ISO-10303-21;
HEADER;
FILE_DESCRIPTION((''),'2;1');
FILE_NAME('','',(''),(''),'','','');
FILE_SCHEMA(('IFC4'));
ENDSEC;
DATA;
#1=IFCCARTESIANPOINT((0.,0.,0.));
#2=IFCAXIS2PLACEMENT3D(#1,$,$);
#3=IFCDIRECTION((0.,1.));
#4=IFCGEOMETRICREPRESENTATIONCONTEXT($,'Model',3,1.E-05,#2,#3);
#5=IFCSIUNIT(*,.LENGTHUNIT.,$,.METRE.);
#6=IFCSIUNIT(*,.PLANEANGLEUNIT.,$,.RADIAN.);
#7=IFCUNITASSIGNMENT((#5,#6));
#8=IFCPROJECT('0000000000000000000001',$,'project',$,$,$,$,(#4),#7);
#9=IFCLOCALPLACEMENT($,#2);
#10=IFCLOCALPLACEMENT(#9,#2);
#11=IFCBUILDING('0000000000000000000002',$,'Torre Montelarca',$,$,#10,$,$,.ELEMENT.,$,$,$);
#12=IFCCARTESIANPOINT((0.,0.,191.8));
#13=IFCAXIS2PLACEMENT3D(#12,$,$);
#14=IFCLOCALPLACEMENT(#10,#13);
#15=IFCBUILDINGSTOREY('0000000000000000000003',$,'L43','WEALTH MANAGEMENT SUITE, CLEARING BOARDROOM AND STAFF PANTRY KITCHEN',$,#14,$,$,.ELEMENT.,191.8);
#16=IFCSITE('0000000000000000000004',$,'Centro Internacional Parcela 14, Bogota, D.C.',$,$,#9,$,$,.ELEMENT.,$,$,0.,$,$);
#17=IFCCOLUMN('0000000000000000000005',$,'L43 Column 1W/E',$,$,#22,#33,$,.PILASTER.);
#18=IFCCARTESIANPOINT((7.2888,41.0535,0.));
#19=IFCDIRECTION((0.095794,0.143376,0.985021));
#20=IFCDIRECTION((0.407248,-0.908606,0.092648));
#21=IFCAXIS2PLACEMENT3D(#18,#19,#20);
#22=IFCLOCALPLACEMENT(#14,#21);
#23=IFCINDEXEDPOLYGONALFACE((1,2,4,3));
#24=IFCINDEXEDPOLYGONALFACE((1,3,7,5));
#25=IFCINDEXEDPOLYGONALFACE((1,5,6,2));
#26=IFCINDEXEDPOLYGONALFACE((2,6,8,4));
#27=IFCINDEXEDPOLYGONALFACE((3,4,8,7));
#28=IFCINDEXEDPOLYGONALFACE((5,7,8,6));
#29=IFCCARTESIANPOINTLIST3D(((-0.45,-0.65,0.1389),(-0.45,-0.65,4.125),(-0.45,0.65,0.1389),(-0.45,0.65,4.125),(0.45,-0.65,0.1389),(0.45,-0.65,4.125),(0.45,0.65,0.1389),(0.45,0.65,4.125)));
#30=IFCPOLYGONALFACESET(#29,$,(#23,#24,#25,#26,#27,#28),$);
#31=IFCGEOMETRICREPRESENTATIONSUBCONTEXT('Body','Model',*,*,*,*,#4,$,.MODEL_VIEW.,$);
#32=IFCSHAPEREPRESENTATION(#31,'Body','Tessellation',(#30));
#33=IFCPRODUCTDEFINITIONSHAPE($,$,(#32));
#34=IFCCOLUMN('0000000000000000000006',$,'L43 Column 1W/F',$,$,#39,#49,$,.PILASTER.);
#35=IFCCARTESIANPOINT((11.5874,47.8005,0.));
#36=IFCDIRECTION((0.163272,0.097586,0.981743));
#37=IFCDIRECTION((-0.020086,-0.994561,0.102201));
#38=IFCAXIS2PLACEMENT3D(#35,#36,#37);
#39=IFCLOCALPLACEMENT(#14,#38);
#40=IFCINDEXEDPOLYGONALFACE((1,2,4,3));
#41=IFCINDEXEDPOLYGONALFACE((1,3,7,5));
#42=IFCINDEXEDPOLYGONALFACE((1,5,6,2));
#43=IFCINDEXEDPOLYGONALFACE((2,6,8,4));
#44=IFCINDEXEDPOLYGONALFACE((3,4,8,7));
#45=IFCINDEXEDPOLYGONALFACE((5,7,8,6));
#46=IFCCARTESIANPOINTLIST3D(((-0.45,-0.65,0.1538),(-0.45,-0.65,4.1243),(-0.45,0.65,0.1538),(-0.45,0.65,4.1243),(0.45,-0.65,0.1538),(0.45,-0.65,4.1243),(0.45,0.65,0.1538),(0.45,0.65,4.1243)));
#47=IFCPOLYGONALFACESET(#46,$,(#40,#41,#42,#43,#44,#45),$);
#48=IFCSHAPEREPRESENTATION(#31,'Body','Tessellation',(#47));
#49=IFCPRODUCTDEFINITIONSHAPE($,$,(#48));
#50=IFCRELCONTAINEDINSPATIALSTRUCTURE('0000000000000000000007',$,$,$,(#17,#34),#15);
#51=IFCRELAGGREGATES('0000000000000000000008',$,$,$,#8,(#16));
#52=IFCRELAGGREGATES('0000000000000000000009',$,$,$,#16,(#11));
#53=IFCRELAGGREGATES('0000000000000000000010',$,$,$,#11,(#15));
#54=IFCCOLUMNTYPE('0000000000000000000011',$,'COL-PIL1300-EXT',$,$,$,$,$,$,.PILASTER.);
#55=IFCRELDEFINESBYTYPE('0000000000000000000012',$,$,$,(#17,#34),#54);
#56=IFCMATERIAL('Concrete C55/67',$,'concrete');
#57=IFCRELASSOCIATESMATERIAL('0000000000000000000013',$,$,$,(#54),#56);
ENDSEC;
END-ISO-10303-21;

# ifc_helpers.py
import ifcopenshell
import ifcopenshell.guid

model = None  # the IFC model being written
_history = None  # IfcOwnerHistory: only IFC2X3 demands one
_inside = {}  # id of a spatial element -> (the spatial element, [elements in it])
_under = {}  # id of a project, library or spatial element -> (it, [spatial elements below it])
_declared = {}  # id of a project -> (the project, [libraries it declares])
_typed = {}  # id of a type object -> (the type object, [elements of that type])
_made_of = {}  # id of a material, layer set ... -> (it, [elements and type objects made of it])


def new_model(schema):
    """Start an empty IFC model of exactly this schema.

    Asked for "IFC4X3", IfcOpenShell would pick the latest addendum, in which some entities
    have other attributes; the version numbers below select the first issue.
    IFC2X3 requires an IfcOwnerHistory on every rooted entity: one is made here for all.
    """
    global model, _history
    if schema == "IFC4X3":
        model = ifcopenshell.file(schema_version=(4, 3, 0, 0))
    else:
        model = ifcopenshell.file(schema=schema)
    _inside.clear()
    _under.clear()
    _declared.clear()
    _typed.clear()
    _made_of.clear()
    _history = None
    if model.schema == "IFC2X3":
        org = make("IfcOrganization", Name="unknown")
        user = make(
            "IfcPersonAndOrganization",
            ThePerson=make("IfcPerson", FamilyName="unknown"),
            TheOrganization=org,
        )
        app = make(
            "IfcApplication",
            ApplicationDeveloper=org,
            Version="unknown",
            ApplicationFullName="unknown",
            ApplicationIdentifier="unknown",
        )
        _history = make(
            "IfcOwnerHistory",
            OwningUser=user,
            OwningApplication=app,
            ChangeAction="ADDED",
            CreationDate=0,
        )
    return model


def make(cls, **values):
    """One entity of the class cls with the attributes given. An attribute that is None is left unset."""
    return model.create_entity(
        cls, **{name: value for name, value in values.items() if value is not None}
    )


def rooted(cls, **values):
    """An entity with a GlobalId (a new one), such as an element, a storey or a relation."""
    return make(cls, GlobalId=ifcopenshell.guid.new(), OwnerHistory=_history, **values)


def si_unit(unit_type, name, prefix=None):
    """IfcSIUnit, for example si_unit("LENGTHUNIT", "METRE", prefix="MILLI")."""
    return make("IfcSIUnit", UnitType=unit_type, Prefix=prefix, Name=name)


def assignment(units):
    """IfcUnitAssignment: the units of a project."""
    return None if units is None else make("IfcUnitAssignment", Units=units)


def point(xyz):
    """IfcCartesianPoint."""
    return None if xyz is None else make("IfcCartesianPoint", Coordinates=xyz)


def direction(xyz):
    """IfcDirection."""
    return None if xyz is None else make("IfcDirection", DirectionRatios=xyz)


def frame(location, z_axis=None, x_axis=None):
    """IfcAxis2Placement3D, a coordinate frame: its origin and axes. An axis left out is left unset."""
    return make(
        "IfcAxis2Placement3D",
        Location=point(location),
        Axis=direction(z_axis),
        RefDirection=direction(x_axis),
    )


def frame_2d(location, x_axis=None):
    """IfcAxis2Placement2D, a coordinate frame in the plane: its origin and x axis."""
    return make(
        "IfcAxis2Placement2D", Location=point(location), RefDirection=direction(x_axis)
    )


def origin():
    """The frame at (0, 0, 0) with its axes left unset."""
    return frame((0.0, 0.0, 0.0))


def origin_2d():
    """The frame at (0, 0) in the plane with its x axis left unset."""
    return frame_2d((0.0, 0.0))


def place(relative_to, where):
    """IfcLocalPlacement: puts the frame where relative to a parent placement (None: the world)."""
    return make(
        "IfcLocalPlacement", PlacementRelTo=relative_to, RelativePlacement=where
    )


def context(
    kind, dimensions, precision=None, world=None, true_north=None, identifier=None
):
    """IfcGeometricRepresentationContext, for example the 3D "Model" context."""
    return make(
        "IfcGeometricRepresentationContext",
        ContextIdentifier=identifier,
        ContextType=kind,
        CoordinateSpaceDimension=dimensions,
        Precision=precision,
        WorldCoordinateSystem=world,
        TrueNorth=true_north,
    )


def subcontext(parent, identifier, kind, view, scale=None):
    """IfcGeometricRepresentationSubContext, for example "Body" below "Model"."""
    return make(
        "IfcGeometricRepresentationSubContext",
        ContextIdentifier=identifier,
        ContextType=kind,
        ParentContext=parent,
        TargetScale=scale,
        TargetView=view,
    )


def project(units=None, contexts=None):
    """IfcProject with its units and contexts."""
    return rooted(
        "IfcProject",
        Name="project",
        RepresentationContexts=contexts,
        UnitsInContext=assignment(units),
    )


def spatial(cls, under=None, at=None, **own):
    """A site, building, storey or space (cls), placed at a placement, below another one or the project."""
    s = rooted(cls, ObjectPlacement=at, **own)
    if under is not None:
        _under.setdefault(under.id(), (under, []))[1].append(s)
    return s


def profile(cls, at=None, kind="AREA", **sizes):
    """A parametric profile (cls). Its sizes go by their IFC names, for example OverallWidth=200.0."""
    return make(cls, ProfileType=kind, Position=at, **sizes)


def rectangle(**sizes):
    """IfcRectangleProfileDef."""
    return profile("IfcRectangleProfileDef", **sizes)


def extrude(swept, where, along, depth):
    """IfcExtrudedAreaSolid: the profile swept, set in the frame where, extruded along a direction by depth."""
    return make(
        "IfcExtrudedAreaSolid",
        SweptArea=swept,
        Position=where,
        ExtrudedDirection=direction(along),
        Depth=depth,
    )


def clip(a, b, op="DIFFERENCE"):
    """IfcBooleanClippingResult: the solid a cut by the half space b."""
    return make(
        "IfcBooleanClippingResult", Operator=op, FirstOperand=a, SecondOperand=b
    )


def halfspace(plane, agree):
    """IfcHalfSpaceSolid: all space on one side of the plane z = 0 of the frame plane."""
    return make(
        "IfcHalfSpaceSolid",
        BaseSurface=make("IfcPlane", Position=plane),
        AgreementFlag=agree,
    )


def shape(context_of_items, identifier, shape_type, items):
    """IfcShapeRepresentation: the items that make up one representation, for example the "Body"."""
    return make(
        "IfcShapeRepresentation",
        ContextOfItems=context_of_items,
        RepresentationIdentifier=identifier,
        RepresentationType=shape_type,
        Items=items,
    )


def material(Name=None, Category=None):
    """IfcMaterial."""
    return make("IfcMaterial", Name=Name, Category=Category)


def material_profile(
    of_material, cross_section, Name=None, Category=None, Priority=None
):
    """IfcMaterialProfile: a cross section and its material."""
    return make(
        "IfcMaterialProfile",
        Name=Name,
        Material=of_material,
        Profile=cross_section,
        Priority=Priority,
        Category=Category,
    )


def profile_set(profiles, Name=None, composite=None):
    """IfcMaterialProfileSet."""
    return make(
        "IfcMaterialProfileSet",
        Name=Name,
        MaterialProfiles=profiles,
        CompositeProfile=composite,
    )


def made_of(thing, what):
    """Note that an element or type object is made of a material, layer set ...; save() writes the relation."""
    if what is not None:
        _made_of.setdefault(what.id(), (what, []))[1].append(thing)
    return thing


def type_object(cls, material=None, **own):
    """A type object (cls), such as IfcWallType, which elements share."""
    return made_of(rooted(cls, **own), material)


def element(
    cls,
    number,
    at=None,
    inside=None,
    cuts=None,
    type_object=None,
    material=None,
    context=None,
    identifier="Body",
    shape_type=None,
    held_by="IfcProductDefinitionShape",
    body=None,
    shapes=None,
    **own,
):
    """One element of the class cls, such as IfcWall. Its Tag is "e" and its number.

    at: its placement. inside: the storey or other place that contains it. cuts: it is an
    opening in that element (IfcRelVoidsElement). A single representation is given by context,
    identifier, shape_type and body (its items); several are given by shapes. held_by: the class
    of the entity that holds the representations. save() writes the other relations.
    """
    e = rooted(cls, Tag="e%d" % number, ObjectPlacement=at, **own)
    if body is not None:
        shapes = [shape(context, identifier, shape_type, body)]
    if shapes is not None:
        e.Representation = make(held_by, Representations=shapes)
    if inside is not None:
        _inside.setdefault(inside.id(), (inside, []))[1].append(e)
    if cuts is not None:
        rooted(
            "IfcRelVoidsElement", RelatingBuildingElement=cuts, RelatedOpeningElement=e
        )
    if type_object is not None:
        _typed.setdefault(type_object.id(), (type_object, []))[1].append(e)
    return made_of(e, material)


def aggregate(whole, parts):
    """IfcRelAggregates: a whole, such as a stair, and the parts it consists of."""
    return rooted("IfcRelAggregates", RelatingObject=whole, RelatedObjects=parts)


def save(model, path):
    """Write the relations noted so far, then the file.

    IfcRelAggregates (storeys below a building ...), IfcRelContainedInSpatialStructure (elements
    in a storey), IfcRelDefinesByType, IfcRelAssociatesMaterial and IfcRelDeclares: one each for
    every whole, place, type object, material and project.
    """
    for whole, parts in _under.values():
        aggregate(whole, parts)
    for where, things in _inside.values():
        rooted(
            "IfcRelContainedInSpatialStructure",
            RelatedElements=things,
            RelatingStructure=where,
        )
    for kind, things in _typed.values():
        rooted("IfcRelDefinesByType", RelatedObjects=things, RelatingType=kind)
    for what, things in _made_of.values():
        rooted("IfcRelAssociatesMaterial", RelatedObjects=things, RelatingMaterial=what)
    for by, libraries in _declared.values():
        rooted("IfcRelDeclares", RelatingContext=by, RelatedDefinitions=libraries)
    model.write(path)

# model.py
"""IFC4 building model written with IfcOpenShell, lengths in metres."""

from ifc_helpers import new_model, si_unit, direction, frame, origin, origin_2d, place, context, subcontext, project, spatial, rectangle, extrude, clip, halfspace, material, material_profile, profile_set, type_object, element, save


model = new_model("IFC4")

# Units and contexts
model_context = context("Model", 3, precision=1e-05, world=origin(), true_north=direction((0.0, 1.0)))
body_context = subcontext(model_context, "Body", "Model", "MODEL_VIEW")
ifc_project = project(units=[si_unit("LENGTHUNIT", "METRE"), si_unit("PLANEANGLEUNIT", "RADIAN")], contexts=[model_context])

# Site, building, storey
site_placement = place(None, origin())
site = spatial("IfcSite", under=ifc_project, at=site_placement, Name="Centro Internacional Parcela 14, Bogota, D.C.", CompositionType="ELEMENT", RefElevation=0.0)
building_placement = place(site_placement, origin())
building = spatial("IfcBuilding", under=site, at=building_placement, Name="Torre Montelarca", CompositionType="ELEMENT")
storey_placement = place(building_placement, frame((0.0, 0.0, 191.8)))
storey = spatial("IfcBuildingStorey", under=building, at=storey_placement, Name="L43", Description="WEALTH MANAGEMENT SUITE, CLEARING BOARDROOM AND STAFF PANTRY KITCHEN", CompositionType="ELEMENT", Elevation=191.8)

# Columns
ifc_material_1 = material(Name="Concrete C55/67", Category="concrete")
ifc_material_profile_1 = material_profile(ifc_material_1, rectangle(XDim=0.8999, YDim=1.3, at=origin_2d()), Name="RC1300X900", Category="concrete")
ifc_profile_set_1 = profile_set([ifc_material_profile_1], Name="Concrete C55/67")
column_type_1 = type_object("IfcColumnType", Name="COL-PIL1300-EXT", PredefinedType="PILASTER", material=ifc_profile_set_1)
column_1_placement = place(storey_placement, frame((7.2888, 41.0535, 0.0), z_axis=(0.095794, 0.143376, 0.985021), x_axis=(0.407248, -0.908606, 0.092648)))
element("IfcColumn", 1, at=column_1_placement, inside=storey, type_object=column_type_1, Name="L43 Column 1W/E", PredefinedType="PILASTER", context=body_context, shape_type="Clipping", body=[
    clip(clip(extrude(rectangle(XDim=0.8999, YDim=1.3, at=origin_2d()), origin(), (0.0, 0.0, 1.0), 4.2639), halfspace(frame((0.0, 0.0, 0.1389), z_axis=(0.0, 0.0, -1.0), x_axis=(1.0, 0.0, 0.0)), False)), halfspace(frame((0.0, 0.0, 4.125), z_axis=(0.0, 0.0, 1.0), x_axis=(1.0, 0.0, 0.0)), False)),
])
column_2_placement = place(storey_placement, frame((11.5874, 47.8005, 0.0), z_axis=(0.163272, 0.097586, 0.981743), x_axis=(-0.020086, -0.994561, 0.102201)))
element("IfcColumn", 2, at=column_2_placement, inside=storey, type_object=column_type_1, Name="L43 Column 1W/F", PredefinedType="PILASTER", context=body_context, shape_type="Clipping", body=[
    clip(clip(extrude(rectangle(XDim=0.8999, YDim=1.3, at=origin_2d()), origin(), (0.0, 0.0, 1.0), 4.2781), halfspace(frame((0.0, 0.0, 0.1538), z_axis=(0.0, 0.0, -1.0), x_axis=(1.0, 0.0, 0.0)), False)), halfspace(frame((0.0, 0.0, 4.1243), z_axis=(0.0, 0.0, 1.0), x_axis=(1.0, 0.0, 0.0)), False)),
])

save(model, "model.ifc")
